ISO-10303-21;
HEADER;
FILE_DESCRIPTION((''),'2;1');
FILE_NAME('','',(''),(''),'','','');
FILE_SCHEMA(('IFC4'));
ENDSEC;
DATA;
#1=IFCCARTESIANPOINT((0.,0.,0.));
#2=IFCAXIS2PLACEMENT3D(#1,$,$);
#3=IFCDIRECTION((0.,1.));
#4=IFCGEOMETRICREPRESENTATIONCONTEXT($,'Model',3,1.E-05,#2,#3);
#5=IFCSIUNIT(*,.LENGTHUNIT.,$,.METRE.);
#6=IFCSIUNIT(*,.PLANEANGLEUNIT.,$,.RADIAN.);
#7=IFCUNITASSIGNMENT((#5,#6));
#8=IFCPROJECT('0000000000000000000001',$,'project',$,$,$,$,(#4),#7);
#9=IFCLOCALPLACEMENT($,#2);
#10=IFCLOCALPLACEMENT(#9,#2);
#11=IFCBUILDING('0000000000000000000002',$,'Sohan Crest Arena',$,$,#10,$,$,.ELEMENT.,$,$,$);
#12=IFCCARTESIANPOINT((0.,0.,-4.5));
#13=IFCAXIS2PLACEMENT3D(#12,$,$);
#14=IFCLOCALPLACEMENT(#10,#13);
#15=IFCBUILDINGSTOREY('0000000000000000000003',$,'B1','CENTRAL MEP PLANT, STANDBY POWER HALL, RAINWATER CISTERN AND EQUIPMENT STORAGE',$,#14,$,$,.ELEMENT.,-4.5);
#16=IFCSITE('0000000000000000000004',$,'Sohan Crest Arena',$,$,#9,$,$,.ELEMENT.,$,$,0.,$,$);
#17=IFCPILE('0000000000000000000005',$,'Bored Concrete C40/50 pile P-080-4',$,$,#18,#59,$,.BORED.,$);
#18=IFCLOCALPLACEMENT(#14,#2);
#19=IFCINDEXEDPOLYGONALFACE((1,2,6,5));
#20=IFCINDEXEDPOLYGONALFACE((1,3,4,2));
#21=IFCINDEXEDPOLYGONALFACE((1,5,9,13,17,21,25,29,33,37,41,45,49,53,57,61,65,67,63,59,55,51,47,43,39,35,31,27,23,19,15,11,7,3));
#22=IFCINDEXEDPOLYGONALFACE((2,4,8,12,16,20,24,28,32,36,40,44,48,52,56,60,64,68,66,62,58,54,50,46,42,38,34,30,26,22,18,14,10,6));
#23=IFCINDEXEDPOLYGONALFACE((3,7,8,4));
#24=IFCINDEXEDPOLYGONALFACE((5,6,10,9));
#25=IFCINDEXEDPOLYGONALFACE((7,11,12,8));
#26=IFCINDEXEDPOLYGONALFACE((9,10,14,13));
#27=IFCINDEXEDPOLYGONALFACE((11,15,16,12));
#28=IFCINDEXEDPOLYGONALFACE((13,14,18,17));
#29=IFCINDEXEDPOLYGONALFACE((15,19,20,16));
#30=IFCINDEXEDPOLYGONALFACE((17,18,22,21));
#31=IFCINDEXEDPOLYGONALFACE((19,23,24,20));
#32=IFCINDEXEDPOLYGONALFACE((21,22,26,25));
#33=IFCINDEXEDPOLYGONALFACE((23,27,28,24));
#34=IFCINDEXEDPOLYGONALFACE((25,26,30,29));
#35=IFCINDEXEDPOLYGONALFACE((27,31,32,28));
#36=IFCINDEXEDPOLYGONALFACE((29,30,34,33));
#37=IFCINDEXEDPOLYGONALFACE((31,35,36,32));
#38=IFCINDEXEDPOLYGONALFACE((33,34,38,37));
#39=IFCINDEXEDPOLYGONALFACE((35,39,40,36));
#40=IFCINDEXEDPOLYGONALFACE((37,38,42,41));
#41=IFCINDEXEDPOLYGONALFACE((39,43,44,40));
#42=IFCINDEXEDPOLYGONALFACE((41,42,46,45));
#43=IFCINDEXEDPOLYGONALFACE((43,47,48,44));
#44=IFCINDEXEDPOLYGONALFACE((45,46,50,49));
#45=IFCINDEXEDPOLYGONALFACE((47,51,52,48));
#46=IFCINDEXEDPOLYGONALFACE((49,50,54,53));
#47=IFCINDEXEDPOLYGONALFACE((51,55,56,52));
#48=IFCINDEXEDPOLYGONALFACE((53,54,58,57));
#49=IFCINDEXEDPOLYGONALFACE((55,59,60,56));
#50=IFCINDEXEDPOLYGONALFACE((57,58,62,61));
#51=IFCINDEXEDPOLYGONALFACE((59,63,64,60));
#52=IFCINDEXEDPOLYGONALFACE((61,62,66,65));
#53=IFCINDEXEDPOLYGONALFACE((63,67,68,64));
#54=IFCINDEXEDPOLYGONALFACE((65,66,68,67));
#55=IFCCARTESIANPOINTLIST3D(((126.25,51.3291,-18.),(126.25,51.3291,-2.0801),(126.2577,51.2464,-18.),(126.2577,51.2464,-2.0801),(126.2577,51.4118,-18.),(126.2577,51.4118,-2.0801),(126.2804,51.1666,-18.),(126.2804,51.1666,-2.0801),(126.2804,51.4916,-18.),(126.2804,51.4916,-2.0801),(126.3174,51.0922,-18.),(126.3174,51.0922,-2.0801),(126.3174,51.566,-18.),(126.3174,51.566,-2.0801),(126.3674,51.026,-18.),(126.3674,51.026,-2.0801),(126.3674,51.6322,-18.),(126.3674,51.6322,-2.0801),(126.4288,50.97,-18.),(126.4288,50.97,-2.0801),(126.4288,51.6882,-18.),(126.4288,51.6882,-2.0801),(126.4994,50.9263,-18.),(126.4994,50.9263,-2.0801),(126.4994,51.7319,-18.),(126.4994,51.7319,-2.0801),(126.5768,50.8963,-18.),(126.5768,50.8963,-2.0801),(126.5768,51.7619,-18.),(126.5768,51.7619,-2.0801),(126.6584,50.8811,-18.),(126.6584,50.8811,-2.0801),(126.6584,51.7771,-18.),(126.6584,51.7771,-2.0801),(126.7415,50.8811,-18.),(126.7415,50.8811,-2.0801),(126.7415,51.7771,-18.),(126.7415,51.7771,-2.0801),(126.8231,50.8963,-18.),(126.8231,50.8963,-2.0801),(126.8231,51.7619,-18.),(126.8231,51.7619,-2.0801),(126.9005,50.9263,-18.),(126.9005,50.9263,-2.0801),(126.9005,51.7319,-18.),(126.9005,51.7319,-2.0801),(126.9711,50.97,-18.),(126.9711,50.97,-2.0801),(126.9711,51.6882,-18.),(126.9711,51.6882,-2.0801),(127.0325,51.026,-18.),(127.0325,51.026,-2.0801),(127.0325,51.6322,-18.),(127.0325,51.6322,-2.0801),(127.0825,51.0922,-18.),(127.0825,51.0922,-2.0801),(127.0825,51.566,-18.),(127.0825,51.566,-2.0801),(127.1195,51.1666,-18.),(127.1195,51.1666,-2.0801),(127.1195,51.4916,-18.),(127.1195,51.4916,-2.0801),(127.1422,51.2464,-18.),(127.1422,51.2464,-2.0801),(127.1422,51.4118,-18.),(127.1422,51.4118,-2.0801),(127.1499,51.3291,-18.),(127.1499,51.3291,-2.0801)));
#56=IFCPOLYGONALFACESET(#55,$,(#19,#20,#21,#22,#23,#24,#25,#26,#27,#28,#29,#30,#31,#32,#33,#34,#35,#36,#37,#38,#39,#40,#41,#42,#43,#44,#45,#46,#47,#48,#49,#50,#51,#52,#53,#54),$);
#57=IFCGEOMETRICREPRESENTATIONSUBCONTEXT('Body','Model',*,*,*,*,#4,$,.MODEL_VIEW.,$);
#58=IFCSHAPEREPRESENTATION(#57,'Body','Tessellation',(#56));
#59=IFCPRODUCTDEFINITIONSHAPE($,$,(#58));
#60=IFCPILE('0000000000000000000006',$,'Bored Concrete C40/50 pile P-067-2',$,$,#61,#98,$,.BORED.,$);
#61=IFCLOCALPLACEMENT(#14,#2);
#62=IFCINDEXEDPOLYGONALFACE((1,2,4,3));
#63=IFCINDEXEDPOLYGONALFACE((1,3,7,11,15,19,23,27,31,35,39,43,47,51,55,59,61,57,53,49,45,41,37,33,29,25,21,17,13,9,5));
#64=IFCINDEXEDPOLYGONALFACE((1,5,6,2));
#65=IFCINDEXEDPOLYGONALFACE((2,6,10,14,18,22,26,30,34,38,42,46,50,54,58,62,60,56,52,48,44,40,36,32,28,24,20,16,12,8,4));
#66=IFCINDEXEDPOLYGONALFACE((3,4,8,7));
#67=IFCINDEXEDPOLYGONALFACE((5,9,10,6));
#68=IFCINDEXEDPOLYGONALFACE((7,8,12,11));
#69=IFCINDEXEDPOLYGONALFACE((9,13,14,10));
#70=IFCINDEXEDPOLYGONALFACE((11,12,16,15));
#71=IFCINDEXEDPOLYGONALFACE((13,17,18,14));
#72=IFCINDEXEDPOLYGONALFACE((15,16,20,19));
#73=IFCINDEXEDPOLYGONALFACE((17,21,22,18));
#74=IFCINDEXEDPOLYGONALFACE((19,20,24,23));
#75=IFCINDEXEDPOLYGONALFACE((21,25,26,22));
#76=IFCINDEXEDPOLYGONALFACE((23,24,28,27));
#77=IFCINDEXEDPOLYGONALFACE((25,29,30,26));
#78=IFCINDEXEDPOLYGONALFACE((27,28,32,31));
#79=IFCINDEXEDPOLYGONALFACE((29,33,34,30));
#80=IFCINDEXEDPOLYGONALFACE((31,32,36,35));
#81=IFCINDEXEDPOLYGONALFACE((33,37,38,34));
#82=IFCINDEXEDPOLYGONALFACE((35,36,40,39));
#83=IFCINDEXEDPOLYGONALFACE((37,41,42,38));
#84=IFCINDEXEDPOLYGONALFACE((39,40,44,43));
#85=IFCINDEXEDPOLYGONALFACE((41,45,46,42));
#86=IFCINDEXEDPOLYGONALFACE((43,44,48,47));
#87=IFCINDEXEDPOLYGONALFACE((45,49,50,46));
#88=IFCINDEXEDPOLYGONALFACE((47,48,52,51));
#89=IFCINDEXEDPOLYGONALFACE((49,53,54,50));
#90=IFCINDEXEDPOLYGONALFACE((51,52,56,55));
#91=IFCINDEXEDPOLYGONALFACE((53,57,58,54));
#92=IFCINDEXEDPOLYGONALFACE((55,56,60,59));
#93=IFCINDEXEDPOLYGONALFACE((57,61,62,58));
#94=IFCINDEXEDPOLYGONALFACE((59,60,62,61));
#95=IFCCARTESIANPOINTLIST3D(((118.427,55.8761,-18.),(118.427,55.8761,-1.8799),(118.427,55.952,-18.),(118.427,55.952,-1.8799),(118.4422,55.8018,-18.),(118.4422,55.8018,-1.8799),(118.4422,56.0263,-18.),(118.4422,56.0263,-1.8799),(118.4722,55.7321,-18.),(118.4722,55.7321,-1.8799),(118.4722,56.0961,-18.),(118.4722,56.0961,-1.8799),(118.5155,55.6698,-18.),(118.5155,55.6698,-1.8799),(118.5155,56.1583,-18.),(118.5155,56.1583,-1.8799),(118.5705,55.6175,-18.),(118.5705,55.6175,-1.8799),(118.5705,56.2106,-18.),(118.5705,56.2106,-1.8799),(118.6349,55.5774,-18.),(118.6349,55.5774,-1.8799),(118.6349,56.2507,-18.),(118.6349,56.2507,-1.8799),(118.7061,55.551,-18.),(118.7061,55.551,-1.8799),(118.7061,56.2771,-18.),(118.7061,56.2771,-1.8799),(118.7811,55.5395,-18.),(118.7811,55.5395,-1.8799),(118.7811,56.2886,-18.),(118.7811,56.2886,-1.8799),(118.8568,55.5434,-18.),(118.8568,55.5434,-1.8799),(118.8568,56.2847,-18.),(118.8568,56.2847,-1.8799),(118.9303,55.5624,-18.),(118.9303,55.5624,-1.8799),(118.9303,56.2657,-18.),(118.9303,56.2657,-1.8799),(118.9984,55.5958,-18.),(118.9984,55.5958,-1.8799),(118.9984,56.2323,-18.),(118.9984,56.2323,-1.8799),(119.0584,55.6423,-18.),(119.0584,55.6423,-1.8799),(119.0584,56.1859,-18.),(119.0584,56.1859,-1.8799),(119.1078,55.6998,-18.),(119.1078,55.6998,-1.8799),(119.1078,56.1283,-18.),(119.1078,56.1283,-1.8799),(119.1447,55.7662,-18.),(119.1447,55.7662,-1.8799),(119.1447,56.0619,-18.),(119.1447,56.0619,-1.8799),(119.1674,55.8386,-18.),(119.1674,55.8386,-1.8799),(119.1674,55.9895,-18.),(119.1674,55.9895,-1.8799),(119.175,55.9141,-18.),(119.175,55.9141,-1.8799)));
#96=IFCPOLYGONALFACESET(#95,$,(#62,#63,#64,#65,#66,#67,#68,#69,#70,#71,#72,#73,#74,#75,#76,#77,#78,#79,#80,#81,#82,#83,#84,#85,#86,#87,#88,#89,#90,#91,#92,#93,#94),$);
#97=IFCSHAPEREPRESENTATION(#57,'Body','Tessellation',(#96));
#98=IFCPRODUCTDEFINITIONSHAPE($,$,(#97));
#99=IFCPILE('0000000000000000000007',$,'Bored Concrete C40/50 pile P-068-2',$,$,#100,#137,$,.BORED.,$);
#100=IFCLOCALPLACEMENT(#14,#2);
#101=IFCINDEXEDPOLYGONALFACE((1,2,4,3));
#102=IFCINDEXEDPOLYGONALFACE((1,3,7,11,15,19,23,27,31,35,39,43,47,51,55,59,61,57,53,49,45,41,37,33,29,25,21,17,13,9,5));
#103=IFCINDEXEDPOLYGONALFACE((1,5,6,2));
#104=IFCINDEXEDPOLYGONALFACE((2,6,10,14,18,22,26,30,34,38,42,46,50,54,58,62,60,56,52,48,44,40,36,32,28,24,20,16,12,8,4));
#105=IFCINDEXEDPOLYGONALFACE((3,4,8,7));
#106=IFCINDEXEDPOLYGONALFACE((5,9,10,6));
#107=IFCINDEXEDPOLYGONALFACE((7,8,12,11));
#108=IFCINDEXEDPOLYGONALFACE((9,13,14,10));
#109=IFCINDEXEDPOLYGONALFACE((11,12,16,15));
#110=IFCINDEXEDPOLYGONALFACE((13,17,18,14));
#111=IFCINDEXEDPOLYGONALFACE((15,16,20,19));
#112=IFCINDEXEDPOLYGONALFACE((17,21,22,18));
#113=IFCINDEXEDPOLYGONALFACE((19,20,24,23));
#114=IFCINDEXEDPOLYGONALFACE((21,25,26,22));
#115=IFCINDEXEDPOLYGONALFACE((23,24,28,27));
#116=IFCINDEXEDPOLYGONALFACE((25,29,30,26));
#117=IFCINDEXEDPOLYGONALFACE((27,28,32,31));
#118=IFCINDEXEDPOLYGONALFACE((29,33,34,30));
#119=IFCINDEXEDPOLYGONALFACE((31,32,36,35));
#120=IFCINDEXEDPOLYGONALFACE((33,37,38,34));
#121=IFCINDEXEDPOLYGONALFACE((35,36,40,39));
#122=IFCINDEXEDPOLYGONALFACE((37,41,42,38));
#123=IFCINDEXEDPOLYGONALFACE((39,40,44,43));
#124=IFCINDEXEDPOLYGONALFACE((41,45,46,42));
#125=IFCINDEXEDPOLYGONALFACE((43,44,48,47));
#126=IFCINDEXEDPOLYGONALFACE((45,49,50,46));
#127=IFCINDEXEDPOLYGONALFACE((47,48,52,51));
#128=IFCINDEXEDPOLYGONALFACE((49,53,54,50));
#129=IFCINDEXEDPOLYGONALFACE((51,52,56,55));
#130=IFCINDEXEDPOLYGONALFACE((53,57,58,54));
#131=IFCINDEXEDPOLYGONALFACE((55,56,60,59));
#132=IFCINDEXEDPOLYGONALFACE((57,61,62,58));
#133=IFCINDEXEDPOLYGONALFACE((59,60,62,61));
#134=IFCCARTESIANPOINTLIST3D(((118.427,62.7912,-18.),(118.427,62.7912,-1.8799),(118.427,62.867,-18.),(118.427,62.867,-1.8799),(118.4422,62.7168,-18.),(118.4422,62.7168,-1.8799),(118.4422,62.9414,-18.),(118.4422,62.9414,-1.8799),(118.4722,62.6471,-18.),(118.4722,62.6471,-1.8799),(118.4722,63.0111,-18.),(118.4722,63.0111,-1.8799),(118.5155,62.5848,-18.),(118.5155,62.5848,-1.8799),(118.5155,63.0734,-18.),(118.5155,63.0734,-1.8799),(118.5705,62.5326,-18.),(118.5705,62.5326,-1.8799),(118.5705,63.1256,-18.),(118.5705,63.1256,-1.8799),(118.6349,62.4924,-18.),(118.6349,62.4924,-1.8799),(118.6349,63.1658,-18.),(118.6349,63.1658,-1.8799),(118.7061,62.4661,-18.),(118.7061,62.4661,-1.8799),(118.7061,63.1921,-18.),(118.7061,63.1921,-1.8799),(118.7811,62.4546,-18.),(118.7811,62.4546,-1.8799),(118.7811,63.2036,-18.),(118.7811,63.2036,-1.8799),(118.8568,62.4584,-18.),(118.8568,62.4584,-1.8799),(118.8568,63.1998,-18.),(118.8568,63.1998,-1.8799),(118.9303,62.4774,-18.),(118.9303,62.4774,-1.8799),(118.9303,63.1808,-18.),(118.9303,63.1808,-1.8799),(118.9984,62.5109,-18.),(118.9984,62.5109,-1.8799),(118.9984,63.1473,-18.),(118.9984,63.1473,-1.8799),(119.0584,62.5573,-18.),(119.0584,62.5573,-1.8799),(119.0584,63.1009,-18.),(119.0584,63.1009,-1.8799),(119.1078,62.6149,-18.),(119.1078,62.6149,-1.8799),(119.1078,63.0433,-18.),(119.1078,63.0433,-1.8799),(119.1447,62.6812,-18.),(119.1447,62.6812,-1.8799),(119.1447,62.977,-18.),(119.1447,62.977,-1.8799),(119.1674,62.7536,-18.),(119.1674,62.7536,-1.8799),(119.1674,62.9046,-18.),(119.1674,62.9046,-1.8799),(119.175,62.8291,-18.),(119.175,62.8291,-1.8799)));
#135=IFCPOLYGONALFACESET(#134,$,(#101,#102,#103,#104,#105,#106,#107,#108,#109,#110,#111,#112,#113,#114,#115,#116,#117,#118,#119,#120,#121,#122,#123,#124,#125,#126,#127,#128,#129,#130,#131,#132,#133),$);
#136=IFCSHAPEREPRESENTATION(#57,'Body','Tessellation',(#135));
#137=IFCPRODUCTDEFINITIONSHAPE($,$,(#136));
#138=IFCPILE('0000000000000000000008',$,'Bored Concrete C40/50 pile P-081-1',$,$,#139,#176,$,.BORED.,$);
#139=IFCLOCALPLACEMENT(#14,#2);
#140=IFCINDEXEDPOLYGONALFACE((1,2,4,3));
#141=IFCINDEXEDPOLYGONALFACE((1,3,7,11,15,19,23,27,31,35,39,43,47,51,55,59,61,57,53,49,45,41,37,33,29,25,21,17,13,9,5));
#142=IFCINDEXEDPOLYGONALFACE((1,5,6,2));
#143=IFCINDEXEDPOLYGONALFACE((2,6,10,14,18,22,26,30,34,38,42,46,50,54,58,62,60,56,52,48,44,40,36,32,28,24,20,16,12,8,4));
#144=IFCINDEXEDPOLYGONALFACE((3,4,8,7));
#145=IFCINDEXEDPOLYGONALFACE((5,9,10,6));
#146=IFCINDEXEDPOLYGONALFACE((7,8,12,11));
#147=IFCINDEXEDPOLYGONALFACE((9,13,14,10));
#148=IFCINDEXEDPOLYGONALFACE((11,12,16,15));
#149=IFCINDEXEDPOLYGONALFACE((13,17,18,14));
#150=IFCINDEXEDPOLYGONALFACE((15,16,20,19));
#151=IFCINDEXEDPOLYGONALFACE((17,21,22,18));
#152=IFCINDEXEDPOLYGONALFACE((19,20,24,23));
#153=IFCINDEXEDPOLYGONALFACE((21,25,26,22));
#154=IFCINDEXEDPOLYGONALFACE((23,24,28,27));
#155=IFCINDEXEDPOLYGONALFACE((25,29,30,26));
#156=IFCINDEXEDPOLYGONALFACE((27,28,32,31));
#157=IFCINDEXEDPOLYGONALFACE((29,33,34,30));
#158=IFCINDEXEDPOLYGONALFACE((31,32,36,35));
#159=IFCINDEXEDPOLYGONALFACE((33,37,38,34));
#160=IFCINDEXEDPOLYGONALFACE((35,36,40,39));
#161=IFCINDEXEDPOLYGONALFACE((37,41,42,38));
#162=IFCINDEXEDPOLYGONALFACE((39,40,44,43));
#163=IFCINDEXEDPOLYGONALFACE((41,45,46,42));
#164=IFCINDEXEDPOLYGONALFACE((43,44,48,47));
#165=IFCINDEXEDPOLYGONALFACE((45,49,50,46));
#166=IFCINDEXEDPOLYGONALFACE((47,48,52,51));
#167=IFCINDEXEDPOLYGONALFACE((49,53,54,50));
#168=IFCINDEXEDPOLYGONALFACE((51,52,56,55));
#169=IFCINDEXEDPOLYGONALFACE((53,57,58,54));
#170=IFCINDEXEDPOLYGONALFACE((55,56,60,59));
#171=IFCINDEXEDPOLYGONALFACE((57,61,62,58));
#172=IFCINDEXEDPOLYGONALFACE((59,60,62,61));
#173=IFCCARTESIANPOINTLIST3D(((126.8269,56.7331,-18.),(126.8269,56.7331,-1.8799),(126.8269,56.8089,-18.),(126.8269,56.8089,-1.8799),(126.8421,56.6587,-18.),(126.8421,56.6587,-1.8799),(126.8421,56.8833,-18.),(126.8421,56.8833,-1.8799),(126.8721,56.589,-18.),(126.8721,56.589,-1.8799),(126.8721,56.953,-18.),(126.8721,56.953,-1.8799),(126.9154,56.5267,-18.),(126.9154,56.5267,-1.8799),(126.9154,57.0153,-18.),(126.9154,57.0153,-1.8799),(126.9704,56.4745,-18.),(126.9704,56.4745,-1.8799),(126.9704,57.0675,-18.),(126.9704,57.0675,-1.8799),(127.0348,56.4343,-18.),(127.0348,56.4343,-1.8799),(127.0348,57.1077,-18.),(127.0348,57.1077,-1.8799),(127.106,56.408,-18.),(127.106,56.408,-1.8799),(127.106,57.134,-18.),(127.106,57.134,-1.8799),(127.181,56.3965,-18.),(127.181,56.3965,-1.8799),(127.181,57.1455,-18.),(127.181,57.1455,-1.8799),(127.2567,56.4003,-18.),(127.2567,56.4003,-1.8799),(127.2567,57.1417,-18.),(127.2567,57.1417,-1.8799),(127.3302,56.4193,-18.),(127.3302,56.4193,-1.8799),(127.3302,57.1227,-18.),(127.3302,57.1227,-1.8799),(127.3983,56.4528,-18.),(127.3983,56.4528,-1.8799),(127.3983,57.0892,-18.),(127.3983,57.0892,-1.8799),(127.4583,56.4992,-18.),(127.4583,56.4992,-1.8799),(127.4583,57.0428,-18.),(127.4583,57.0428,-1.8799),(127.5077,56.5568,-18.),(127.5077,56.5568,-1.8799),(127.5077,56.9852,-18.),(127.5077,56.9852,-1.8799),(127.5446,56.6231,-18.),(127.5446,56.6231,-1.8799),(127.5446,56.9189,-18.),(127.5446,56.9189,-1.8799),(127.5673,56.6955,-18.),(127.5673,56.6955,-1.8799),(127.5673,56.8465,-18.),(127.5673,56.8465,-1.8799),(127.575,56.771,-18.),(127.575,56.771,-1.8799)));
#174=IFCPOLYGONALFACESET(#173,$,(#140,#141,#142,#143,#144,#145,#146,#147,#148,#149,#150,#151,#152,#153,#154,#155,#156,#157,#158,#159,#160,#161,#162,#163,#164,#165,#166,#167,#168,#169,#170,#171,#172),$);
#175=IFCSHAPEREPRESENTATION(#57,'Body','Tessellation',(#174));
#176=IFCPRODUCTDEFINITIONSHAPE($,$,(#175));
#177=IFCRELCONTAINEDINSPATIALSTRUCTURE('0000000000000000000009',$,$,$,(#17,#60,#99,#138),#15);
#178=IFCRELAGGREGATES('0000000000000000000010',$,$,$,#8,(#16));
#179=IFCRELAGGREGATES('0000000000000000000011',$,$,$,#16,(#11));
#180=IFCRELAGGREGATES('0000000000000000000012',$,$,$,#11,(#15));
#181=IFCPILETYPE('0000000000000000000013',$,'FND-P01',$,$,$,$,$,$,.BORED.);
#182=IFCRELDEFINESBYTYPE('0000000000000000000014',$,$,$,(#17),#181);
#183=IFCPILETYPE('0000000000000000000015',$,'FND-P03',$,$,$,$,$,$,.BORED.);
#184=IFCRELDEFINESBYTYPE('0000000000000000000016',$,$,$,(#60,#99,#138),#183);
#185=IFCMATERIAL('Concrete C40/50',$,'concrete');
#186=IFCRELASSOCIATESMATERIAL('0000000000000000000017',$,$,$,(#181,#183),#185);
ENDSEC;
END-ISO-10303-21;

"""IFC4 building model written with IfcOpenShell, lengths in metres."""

from ifc_helpers import new_model, si_unit, direction, frame, origin, origin_2d, place, context, subcontext, project, spatial, circle, extrude, material, material_profile, profile_set, type_object, element, save


model = new_model("IFC4")

# Units and contexts
model_context = context("Model", 3, precision=1e-05, world=origin(), true_north=direction((0.0, 1.0)))
body_context = subcontext(model_context, "Body", "Model", "MODEL_VIEW")
ifc_project = project(units=[si_unit("LENGTHUNIT", "METRE"), si_unit("PLANEANGLEUNIT", "RADIAN")], contexts=[model_context])

# Site, building, storey
site_placement = place(None, origin())
site = spatial("IfcSite", under=ifc_project, at=site_placement, Name="Sohan Crest Arena", CompositionType="ELEMENT", RefElevation=0.0)
building_placement = place(site_placement, origin())
building = spatial("IfcBuilding", under=site, at=building_placement, Name="Sohan Crest Arena", CompositionType="ELEMENT")
storey_placement = place(building_placement, frame((0.0, 0.0, -4.5)))
storey = spatial("IfcBuildingStorey", under=building, at=storey_placement, Name="B1", Description="CENTRAL MEP PLANT, STANDBY POWER HALL, RAINWATER CISTERN AND EQUIPMENT STORAGE", CompositionType="ELEMENT", Elevation=-4.5)

# Shared definitions
ifc_material_1 = material(Name="Concrete C40/50", Category="concrete")

# Piles
ifc_material_profile_1 = material_profile(ifc_material_1, circle(Radius=0.45, at=origin_2d()), Name="PILE D900")
ifc_profile_set_1 = profile_set([ifc_material_profile_1], Name="Concrete C40/50")
pile_type_1 = type_object("IfcPileType", Name="FND-P01", PredefinedType="BORED", material=ifc_profile_set_1)
for number, where, z_axis, x_axis, name in (
    (1, (126.7, 51.3291, -18.0), (0.0, 0.0, 1.0), (1.0, 0.0, 0.0), "Bored Concrete C40/50 pile P-080-4"),
):
    element("IfcPile", number, at=place(storey_placement, frame(where, z_axis=z_axis, x_axis=x_axis)), inside=storey, type_object=pile_type_1, Name=name, PredefinedType="BORED", context=body_context, shape_type="SweptSolid", body=[
        extrude(circle(Radius=0.45, at=origin_2d()), origin(), (0.0, 0.0, 1.0), 15.9199),
    ])
ifc_material_profile_2 = material_profile(ifc_material_1, circle(Radius=0.375, at=origin_2d()), Name="PILE D750")
ifc_profile_set_2 = profile_set([ifc_material_profile_2], Name="Concrete C40/50")
pile_type_2 = type_object("IfcPileType", Name="FND-P03", PredefinedType="BORED", material=ifc_profile_set_2)
for number, where, z_axis, x_axis, name in (
    (2, (118.8, 55.9141, -18.0), (0.0, 0.0, 1.0), (1.0, 0.0, 0.0), "Bored Concrete C40/50 pile P-067-2"),
    (3, (118.8, 62.8291, -18.0), (0.0, 0.0, 1.0), (1.0, 0.0, 0.0), "Bored Concrete C40/50 pile P-068-2"),
    (4, (127.2, 56.771, -18.0), (0.0, 0.0, 1.0), (1.0, 0.0, 0.0), "Bored Concrete C40/50 pile P-081-1"),
):
    element("IfcPile", number, at=place(storey_placement, frame(where, z_axis=z_axis, x_axis=x_axis)), inside=storey, type_object=pile_type_2, Name=name, PredefinedType="BORED", context=body_context, shape_type="SweptSolid", body=[
        extrude(circle(Radius=0.375, at=origin_2d()), origin(), (0.0, 0.0, 1.0), 16.1201),
    ])

save(model, "model.ifc")
